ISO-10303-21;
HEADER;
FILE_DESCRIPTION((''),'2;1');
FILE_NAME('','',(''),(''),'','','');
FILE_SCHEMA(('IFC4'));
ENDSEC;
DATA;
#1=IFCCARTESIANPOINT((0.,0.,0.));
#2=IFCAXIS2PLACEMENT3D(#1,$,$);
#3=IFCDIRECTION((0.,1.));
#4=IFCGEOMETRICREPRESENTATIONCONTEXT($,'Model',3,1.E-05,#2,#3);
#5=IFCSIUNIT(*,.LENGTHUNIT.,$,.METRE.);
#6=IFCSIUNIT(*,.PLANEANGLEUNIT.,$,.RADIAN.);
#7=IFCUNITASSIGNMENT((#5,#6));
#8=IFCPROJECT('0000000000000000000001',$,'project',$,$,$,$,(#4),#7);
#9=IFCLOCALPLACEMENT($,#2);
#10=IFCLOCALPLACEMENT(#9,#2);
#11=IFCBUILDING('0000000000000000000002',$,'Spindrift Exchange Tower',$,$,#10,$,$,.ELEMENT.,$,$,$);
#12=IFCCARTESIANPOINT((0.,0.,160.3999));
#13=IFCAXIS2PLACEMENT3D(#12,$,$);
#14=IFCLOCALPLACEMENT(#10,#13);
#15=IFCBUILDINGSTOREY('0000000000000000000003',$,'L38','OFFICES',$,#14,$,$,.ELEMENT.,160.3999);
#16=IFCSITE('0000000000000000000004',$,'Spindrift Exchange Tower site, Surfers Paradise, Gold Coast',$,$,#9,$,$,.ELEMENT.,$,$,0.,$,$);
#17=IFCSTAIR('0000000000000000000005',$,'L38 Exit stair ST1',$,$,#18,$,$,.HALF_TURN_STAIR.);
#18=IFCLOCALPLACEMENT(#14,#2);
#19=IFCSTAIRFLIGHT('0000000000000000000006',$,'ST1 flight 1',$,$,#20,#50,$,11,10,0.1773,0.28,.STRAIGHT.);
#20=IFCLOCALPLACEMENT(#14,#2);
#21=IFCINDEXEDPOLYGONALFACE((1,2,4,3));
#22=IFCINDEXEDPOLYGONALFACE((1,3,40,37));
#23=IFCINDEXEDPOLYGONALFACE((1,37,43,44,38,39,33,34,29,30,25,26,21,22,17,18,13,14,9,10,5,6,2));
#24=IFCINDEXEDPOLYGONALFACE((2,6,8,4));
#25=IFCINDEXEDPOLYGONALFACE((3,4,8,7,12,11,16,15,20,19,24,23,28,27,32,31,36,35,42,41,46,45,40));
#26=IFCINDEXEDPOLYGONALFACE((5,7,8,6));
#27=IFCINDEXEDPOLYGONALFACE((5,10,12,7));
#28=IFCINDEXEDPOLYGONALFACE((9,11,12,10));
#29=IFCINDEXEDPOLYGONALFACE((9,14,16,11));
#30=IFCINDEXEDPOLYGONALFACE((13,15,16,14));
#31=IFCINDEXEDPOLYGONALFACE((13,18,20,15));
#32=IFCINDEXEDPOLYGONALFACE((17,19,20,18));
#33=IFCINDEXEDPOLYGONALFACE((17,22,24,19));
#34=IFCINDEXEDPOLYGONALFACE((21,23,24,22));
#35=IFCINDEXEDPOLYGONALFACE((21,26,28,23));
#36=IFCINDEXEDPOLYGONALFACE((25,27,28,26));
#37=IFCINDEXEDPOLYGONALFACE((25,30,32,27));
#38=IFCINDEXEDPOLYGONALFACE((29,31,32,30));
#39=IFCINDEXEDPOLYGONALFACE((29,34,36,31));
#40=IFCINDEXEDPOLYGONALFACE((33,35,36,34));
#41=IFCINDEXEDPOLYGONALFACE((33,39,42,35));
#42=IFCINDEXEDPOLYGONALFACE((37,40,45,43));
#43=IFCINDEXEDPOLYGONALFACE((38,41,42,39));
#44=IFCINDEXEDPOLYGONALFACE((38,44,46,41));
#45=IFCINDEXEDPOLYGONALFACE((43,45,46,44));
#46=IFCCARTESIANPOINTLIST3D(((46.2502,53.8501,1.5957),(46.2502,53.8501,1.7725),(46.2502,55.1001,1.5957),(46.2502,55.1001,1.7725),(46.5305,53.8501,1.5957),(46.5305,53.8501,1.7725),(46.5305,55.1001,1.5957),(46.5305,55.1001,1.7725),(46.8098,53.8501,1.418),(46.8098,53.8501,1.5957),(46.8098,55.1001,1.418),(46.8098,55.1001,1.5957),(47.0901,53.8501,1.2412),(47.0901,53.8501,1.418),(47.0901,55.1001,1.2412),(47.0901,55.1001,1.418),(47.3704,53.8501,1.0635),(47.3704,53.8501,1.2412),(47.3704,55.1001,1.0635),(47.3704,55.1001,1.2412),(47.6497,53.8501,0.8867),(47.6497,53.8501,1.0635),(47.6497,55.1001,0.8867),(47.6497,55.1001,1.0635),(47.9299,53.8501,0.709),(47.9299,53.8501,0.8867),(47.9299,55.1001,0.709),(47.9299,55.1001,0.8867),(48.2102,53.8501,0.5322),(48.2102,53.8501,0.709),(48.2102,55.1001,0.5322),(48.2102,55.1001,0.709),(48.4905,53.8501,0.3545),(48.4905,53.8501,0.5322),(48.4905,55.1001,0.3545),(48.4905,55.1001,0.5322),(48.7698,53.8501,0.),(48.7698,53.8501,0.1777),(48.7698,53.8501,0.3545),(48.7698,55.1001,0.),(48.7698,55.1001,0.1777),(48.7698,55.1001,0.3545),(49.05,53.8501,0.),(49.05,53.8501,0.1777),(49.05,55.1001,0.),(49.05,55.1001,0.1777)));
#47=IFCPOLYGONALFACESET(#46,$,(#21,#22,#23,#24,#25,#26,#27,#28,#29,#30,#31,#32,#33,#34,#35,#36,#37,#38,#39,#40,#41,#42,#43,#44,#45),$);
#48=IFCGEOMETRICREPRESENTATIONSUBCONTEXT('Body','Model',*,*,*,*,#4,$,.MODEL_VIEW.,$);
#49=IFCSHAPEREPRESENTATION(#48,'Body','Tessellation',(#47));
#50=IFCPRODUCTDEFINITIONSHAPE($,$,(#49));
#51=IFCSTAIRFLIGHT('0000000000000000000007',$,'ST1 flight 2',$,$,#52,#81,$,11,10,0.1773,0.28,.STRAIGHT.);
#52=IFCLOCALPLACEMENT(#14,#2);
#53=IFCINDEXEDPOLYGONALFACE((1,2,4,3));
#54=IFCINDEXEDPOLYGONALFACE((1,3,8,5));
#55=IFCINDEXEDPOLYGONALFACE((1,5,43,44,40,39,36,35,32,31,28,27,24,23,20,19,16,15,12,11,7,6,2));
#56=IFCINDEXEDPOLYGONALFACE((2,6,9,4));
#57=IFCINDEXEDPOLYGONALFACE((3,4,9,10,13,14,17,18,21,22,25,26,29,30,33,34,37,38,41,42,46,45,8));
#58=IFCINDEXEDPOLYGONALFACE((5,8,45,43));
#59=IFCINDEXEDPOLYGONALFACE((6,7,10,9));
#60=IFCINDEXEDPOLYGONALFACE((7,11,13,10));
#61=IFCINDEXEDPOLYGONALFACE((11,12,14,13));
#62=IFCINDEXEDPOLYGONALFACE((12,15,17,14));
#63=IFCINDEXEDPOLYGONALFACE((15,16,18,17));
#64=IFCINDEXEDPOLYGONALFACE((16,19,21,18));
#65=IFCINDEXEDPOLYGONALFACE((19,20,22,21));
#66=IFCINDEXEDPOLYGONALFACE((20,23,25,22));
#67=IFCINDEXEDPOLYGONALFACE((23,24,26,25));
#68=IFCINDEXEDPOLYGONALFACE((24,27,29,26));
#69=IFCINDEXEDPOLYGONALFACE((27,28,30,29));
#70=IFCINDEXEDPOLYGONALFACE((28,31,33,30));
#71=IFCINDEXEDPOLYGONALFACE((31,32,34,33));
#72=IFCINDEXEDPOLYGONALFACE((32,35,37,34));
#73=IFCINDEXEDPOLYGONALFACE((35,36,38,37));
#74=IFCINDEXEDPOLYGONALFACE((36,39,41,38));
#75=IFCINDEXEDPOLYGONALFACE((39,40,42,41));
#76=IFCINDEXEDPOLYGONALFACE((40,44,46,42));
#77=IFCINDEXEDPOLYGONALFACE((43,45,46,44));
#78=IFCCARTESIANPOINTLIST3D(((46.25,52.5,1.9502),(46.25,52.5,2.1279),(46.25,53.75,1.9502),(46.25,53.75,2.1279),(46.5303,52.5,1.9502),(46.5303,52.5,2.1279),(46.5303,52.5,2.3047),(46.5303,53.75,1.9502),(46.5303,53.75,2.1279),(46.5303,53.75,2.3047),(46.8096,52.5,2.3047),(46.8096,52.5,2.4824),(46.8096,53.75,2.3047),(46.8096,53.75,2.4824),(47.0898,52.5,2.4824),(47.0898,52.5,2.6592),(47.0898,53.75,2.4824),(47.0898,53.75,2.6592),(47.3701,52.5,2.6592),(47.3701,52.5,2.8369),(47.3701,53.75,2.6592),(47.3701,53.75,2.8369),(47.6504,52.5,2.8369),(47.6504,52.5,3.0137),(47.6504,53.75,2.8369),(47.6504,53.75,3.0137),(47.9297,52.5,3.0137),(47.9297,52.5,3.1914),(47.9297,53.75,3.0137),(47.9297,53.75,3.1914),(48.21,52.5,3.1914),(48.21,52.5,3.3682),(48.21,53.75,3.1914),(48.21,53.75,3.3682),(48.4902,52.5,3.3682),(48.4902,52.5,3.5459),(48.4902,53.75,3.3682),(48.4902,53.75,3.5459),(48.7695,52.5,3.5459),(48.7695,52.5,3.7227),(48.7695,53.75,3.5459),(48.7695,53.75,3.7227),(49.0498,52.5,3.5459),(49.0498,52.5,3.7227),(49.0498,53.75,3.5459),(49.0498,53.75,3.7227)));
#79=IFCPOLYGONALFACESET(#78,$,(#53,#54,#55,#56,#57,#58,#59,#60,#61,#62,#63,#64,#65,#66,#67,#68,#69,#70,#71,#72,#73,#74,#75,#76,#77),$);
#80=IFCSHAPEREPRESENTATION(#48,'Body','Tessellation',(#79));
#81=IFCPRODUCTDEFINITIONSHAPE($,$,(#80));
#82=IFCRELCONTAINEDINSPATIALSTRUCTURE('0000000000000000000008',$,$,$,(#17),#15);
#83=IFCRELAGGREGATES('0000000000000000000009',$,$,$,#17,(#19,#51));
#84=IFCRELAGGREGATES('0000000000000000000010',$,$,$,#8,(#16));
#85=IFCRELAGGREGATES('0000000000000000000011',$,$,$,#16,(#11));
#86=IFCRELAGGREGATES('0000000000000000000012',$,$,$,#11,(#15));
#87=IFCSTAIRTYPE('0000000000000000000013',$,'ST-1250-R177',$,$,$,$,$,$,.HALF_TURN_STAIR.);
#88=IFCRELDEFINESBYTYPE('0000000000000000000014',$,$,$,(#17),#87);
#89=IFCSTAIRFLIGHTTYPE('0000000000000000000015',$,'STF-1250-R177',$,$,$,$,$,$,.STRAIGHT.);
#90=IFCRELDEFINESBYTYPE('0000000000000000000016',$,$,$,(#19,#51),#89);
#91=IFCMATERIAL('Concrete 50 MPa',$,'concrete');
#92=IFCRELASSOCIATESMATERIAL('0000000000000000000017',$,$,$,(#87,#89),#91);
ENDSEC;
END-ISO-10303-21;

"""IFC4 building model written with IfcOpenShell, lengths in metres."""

from ifc_helpers import new_model, si_unit, direction, frame, origin, place, context, subcontext, project, spatial, line, indexed_curve, outline, extrude, material, type_object, element, aggregate, save


model = new_model("IFC4")

# Units and contexts
model_context = context("Model", 3, precision=1e-05, world=origin(), true_north=direction((0.0, 1.0)))
body_context = subcontext(model_context, "Body", "Model", "MODEL_VIEW")
ifc_project = project(units=[si_unit("LENGTHUNIT", "METRE"), si_unit("PLANEANGLEUNIT", "RADIAN")], contexts=[model_context])

# Site, building, storey
site_placement = place(None, origin())
site = spatial("IfcSite", under=ifc_project, at=site_placement, Name="Spindrift Exchange Tower site, Surfers Paradise, Gold Coast", CompositionType="ELEMENT", RefElevation=0.0)
building_placement = place(site_placement, origin())
building = spatial("IfcBuilding", under=site, at=building_placement, Name="Spindrift Exchange Tower", CompositionType="ELEMENT")
storey_placement = place(building_placement, frame((0.0, 0.0, 160.3999)))
storey = spatial("IfcBuildingStorey", under=building, at=storey_placement, Name="L38", Description="OFFICES", CompositionType="ELEMENT", Elevation=160.3999)

# Stair, stair flights
ifc_material_1 = material(Name="Concrete 50 MPa", Category="concrete")
stair_type = type_object("IfcStairType", Name="ST-1250-R177", PredefinedType="HALF_TURN_STAIR", material=ifc_material_1)
stair_placement = place(storey_placement, origin())
stair = element("IfcStair", 1, at=stair_placement, inside=storey, type_object=stair_type, Name="L38 Exit stair ST1", PredefinedType="HALF_TURN_STAIR")
stair_flight_type = type_object("IfcStairFlightType", Name="STF-1250-R177", PredefinedType="STRAIGHT", material=ifc_material_1)
stair_flight_1_placement = place(storey_placement, frame((49.05, 54.4751, 0.0), z_axis=(0.0, 0.0, 1.0), x_axis=(-1.0, 0.0, 0.0)))
stair_flight_1 = element("IfcStairFlight", 2, at=stair_flight_1_placement, type_object=stair_flight_type, Name="ST1 flight 1", NumberOfRisers=11, NumberOfTreads=10, PredefinedType="STRAIGHT", RiserHeight=0.1773, TreadLength=0.28, context=body_context, shape_type="SweptSolid", body=[
    extrude(outline(indexed_curve([(0.0, 0.0), (0.0, 0.1777), (0.2803, 0.1777), (0.2803, 0.3545), (0.5596, 0.3545), (0.5596, 0.5322), (0.8398, 0.5322), (0.8398, 0.709), (1.1201, 0.709), (1.1201, 0.8867), (1.4004, 0.8867), (1.4004, 1.0635), (1.6797, 1.0635), (1.6797, 1.2412), (1.96, 1.2412), (1.96, 1.418), (2.2402, 1.418), (2.2402, 1.5957), (2.5195, 1.5957), (2.5195, 1.7725), (2.7998, 1.7725), (2.7998, 1.9502), (2.7998, 1.5957), (0.2803, 0.0)], segments=[line(1, 2, 3, 4, 5, 6, 7, 8, 9, 10, 11, 12, 13, 14, 15, 16, 17, 18, 19, 20, 21, 22, 23, 24, 1)], self_intersect=False)), frame((0.0, 0.625, 0.0), z_axis=(0.0, -1.0, 0.0), x_axis=(1.0, 0.0, 0.0)), (0.0, 0.0, 1.0), 1.25),
])
stair_flight_2_placement = place(storey_placement, frame((46.25, 53.125, 1.9502), z_axis=(0.0, 0.0, 1.0), x_axis=(1.0, 0.0, 0.0)))
stair_flight_2 = element("IfcStairFlight", 3, at=stair_flight_2_placement, type_object=stair_flight_type, Name="ST1 flight 2", NumberOfRisers=11, NumberOfTreads=10, PredefinedType="STRAIGHT", RiserHeight=0.1773, TreadLength=0.28, context=body_context, shape_type="SweptSolid", body=[
    extrude(outline(indexed_curve([(0.0, 0.0), (0.0, 0.1777), (0.2803, 0.1777), (0.2803, 0.3545), (0.5596, 0.3545), (0.5596, 0.5322), (0.8398, 0.5322), (0.8398, 0.709), (1.1201, 0.709), (1.1201, 0.8867), (1.4004, 0.8867), (1.4004, 1.0635), (1.6797, 1.0635), (1.6797, 1.2412), (1.96, 1.2412), (1.96, 1.418), (2.2402, 1.418), (2.2402, 1.5957), (2.5195, 1.5957), (2.5195, 1.7725), (2.7998, 1.7725), (2.7998, 1.9502), (2.7998, 1.5957), (0.2803, 0.0)], segments=[line(1, 2, 3, 4, 5, 6, 7, 8, 9, 10, 11, 12, 13, 14, 15, 16, 17, 18, 19, 20, 21, 22, 23, 24, 1)], self_intersect=False)), frame((0.0, 0.625, 0.0), z_axis=(0.0, -1.0, 0.0), x_axis=(1.0, 0.0, 0.0)), (0.0, 0.0, 1.0), 1.25),
])
aggregate(stair, [stair_flight_1, stair_flight_2])

save(model, "model.ifc")
